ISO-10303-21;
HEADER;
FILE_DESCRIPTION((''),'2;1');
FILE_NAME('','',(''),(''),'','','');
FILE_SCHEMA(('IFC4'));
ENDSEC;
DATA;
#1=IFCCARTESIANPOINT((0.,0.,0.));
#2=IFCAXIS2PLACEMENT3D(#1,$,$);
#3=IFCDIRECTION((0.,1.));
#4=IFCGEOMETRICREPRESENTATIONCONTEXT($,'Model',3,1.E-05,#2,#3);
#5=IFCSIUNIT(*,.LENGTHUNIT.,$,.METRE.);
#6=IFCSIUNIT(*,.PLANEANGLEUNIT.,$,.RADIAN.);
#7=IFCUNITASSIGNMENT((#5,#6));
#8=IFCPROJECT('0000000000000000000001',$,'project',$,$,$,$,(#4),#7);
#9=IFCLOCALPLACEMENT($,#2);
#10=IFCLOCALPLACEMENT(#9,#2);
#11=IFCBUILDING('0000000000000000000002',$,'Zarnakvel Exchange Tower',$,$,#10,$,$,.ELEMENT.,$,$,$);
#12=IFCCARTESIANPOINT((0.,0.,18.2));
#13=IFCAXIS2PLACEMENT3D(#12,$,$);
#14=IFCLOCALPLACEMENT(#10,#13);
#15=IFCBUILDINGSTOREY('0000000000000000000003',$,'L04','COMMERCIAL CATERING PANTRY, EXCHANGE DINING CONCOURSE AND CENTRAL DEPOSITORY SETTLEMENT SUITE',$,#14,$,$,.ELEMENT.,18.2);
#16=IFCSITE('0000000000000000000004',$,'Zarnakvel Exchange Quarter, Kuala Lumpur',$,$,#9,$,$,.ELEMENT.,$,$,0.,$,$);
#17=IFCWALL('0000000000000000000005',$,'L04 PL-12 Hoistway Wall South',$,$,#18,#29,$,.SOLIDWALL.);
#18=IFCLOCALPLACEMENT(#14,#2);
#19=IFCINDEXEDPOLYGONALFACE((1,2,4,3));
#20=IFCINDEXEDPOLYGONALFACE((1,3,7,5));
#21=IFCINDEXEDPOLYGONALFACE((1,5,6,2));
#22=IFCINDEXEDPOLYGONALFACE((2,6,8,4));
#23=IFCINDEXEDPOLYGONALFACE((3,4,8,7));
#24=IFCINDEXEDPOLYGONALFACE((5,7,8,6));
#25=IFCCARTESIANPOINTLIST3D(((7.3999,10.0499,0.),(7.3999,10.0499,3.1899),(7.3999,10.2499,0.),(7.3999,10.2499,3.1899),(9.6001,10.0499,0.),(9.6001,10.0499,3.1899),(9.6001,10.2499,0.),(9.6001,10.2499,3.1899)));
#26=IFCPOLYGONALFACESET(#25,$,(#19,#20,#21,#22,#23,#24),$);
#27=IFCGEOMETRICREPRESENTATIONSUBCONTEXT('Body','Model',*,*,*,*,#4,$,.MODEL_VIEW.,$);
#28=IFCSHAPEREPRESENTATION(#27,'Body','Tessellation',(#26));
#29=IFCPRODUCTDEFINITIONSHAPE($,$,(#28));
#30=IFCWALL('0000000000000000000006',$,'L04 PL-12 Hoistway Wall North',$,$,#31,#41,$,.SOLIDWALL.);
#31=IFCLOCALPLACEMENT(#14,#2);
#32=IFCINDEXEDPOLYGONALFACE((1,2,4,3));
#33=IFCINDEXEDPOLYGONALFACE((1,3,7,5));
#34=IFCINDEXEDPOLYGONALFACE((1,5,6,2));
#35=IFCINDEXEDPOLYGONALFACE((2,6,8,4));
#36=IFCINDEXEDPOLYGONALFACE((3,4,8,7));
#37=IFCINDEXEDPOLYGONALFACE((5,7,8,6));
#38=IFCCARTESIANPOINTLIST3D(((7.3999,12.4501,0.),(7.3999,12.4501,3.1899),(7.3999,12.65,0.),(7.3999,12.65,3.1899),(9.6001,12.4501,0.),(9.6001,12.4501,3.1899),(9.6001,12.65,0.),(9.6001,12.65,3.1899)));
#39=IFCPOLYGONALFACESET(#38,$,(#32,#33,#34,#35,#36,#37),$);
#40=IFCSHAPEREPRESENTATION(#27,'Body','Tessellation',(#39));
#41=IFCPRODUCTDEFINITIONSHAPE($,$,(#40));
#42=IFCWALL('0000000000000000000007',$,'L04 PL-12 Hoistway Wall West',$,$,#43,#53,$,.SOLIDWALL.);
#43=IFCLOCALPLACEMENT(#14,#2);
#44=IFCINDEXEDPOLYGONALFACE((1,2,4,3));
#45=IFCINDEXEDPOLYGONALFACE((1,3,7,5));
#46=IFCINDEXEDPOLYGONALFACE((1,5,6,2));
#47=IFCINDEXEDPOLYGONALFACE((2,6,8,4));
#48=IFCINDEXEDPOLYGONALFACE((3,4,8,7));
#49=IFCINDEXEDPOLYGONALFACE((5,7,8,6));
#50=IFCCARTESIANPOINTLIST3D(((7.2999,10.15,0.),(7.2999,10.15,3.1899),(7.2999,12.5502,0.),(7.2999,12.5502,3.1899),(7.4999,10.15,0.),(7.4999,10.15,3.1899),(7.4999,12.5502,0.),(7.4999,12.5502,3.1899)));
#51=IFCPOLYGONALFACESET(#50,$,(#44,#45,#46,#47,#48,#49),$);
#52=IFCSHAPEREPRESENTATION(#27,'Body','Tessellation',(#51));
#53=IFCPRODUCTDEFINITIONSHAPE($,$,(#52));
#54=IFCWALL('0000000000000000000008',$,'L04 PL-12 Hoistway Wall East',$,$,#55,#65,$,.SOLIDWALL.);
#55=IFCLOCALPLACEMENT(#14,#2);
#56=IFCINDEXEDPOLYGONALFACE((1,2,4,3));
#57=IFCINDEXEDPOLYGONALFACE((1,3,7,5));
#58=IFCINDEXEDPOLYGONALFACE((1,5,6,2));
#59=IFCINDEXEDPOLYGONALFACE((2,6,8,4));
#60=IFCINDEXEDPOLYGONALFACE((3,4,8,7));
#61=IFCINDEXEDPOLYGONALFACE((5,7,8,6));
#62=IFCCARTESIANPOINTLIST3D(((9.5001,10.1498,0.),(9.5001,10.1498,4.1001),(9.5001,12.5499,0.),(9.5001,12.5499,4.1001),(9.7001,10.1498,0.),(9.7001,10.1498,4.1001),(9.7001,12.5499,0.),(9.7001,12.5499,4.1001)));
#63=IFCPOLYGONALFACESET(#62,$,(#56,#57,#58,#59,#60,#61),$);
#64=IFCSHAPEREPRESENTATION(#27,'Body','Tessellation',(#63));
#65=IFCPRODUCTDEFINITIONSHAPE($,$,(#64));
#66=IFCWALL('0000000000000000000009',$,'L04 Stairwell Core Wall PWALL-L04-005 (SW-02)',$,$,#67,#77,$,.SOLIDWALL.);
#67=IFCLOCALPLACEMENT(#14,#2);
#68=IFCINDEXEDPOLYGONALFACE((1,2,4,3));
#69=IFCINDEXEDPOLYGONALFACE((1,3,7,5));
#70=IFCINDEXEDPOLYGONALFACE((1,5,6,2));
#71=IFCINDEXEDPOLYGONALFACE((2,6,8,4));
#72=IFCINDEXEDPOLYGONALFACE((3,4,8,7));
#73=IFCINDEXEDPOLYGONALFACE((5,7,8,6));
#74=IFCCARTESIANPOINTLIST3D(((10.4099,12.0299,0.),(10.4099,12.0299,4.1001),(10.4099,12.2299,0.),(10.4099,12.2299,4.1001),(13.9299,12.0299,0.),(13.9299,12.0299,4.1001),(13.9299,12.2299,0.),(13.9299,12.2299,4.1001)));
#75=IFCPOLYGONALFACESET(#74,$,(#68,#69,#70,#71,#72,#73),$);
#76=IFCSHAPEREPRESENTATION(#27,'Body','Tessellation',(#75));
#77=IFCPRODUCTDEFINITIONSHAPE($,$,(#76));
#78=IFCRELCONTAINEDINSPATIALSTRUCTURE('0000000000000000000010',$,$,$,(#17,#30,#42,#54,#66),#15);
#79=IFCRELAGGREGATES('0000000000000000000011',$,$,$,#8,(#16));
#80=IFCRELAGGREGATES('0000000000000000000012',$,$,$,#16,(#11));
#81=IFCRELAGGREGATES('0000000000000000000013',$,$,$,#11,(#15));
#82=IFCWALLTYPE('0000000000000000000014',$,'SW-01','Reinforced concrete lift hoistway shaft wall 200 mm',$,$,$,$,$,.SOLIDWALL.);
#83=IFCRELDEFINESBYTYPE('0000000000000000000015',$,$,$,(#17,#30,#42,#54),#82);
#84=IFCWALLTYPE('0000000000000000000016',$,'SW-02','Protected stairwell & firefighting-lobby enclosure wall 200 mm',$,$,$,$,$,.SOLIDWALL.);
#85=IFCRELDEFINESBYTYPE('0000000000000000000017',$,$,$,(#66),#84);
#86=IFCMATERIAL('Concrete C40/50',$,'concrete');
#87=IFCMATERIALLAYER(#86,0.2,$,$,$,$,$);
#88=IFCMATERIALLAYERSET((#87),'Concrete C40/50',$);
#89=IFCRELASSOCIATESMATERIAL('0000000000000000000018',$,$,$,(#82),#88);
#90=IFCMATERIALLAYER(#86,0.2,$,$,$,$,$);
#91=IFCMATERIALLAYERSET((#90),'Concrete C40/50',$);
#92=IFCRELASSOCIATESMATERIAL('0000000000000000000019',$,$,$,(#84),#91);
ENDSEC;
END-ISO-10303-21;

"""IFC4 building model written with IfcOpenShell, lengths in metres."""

from ifc_helpers import new_model, si_unit, direction, frame, frame_2d, origin, place, context, subcontext, project, spatial, rectangle, extrude, material, layer, layer_set, type_object, element, save


model = new_model("IFC4")

# Units and contexts
model_context = context("Model", 3, precision=1e-05, world=origin(), true_north=direction((0.0, 1.0)))
body_context = subcontext(model_context, "Body", "Model", "MODEL_VIEW")
ifc_project = project(units=[si_unit("LENGTHUNIT", "METRE"), si_unit("PLANEANGLEUNIT", "RADIAN")], contexts=[model_context])

# Site, building, storey
site_placement = place(None, origin())
site = spatial("IfcSite", under=ifc_project, at=site_placement, Name="Zarnakvel Exchange Quarter, Kuala Lumpur", CompositionType="ELEMENT", RefElevation=0.0)
building_placement = place(site_placement, origin())
building = spatial("IfcBuilding", under=site, at=building_placement, Name="Zarnakvel Exchange Tower", CompositionType="ELEMENT")
storey_placement = place(building_placement, frame((0.0, 0.0, 18.2)))
storey = spatial("IfcBuildingStorey", under=building, at=storey_placement, Name="L04", Description="COMMERCIAL CATERING PANTRY, EXCHANGE DINING CONCOURSE AND CENTRAL DEPOSITORY SETTLEMENT SUITE", CompositionType="ELEMENT", Elevation=18.2)

# Shared definitions
ifc_material_1 = material(Name="Concrete C40/50", Category="concrete")
ifc_layer_1 = layer(ifc_material_1, 0.2)
ifc_layer_set_1 = layer_set([ifc_layer_1], Name="Concrete C40/50")
wall_type_1 = type_object("IfcWallType", Name="SW-01", Description="Reinforced concrete lift hoistway shaft wall 200 mm", PredefinedType="SOLIDWALL", material=ifc_layer_set_1)

# Walls
for number, where, z_axis, x_axis, name in (
    (1, (9.6001, 10.1499, 0.0), (0.0, 0.0, 1.0), (-1.0, 0.0, 0.0), "L04 PL-12 Hoistway Wall South"),
    (2, (7.3999, 12.55, 0.0), (0.0, 0.0, 1.0), (1.0, 0.0, 0.0), "L04 PL-12 Hoistway Wall North"),
):
    element("IfcWall", number, at=place(storey_placement, frame(where, z_axis=z_axis, x_axis=x_axis)), inside=storey, type_object=wall_type_1, Name=name, PredefinedType="SOLIDWALL", context=body_context, shape_type="SweptSolid", body=[
        extrude(rectangle(XDim=2.2002, YDim=0.2, at=frame_2d((1.1001, 0.0))), origin(), (0.0, 0.0, 1.0), 3.1899),
    ])
wall_1_placement = place(storey_placement, frame((7.3999, 10.1499, 0.0), z_axis=(0.0, 0.0, 1.0), x_axis=(0.0, 1.0, 0.0)))
element("IfcWall", 3, at=wall_1_placement, inside=storey, type_object=wall_type_1, Name="L04 PL-12 Hoistway Wall West", PredefinedType="SOLIDWALL", context=body_context, shape_type="SweptSolid", body=[
    extrude(rectangle(XDim=2.4001, YDim=0.2, at=frame_2d((1.2002, 0.0))), origin(), (0.0, 0.0, 1.0), 3.1899),
])
wall_2_placement = place(storey_placement, frame((9.6001, 12.55, 0.0), z_axis=(0.0, 0.0, 1.0), x_axis=(0.0, -1.0, 0.0)))
element("IfcWall", 4, at=wall_2_placement, inside=storey, type_object=wall_type_1, Name="L04 PL-12 Hoistway Wall East", PredefinedType="SOLIDWALL", context=body_context, shape_type="SweptSolid", body=[
    extrude(rectangle(XDim=2.4001, YDim=0.2, at=frame_2d((1.2002, 0.0))), origin(), (0.0, 0.0, 1.0), 4.1001),
])
ifc_layer_2 = layer(ifc_material_1, 0.2)
ifc_layer_set_2 = layer_set([ifc_layer_2], Name="Concrete C40/50")
wall_type_2 = type_object("IfcWallType", Name="SW-02", Description="Protected stairwell & firefighting-lobby enclosure wall 200 mm", PredefinedType="SOLIDWALL", material=ifc_layer_set_2)
wall_3_placement = place(storey_placement, frame((10.4099, 12.1299, 0.0), z_axis=(0.0, 0.0, 1.0), x_axis=(1.0, 0.0, 0.0)))
element("IfcWall", 5, at=wall_3_placement, inside=storey, type_object=wall_type_2, Name="L04 Stairwell Core Wall PWALL-L04-005 (SW-02)", PredefinedType="SOLIDWALL", context=body_context, shape_type="SweptSolid", body=[
    extrude(rectangle(XDim=3.52, YDim=0.2, at=frame_2d((1.76, 0.0))), origin(), (0.0, 0.0, 1.0), 4.1001),
])

save(model, "model.ifc")
